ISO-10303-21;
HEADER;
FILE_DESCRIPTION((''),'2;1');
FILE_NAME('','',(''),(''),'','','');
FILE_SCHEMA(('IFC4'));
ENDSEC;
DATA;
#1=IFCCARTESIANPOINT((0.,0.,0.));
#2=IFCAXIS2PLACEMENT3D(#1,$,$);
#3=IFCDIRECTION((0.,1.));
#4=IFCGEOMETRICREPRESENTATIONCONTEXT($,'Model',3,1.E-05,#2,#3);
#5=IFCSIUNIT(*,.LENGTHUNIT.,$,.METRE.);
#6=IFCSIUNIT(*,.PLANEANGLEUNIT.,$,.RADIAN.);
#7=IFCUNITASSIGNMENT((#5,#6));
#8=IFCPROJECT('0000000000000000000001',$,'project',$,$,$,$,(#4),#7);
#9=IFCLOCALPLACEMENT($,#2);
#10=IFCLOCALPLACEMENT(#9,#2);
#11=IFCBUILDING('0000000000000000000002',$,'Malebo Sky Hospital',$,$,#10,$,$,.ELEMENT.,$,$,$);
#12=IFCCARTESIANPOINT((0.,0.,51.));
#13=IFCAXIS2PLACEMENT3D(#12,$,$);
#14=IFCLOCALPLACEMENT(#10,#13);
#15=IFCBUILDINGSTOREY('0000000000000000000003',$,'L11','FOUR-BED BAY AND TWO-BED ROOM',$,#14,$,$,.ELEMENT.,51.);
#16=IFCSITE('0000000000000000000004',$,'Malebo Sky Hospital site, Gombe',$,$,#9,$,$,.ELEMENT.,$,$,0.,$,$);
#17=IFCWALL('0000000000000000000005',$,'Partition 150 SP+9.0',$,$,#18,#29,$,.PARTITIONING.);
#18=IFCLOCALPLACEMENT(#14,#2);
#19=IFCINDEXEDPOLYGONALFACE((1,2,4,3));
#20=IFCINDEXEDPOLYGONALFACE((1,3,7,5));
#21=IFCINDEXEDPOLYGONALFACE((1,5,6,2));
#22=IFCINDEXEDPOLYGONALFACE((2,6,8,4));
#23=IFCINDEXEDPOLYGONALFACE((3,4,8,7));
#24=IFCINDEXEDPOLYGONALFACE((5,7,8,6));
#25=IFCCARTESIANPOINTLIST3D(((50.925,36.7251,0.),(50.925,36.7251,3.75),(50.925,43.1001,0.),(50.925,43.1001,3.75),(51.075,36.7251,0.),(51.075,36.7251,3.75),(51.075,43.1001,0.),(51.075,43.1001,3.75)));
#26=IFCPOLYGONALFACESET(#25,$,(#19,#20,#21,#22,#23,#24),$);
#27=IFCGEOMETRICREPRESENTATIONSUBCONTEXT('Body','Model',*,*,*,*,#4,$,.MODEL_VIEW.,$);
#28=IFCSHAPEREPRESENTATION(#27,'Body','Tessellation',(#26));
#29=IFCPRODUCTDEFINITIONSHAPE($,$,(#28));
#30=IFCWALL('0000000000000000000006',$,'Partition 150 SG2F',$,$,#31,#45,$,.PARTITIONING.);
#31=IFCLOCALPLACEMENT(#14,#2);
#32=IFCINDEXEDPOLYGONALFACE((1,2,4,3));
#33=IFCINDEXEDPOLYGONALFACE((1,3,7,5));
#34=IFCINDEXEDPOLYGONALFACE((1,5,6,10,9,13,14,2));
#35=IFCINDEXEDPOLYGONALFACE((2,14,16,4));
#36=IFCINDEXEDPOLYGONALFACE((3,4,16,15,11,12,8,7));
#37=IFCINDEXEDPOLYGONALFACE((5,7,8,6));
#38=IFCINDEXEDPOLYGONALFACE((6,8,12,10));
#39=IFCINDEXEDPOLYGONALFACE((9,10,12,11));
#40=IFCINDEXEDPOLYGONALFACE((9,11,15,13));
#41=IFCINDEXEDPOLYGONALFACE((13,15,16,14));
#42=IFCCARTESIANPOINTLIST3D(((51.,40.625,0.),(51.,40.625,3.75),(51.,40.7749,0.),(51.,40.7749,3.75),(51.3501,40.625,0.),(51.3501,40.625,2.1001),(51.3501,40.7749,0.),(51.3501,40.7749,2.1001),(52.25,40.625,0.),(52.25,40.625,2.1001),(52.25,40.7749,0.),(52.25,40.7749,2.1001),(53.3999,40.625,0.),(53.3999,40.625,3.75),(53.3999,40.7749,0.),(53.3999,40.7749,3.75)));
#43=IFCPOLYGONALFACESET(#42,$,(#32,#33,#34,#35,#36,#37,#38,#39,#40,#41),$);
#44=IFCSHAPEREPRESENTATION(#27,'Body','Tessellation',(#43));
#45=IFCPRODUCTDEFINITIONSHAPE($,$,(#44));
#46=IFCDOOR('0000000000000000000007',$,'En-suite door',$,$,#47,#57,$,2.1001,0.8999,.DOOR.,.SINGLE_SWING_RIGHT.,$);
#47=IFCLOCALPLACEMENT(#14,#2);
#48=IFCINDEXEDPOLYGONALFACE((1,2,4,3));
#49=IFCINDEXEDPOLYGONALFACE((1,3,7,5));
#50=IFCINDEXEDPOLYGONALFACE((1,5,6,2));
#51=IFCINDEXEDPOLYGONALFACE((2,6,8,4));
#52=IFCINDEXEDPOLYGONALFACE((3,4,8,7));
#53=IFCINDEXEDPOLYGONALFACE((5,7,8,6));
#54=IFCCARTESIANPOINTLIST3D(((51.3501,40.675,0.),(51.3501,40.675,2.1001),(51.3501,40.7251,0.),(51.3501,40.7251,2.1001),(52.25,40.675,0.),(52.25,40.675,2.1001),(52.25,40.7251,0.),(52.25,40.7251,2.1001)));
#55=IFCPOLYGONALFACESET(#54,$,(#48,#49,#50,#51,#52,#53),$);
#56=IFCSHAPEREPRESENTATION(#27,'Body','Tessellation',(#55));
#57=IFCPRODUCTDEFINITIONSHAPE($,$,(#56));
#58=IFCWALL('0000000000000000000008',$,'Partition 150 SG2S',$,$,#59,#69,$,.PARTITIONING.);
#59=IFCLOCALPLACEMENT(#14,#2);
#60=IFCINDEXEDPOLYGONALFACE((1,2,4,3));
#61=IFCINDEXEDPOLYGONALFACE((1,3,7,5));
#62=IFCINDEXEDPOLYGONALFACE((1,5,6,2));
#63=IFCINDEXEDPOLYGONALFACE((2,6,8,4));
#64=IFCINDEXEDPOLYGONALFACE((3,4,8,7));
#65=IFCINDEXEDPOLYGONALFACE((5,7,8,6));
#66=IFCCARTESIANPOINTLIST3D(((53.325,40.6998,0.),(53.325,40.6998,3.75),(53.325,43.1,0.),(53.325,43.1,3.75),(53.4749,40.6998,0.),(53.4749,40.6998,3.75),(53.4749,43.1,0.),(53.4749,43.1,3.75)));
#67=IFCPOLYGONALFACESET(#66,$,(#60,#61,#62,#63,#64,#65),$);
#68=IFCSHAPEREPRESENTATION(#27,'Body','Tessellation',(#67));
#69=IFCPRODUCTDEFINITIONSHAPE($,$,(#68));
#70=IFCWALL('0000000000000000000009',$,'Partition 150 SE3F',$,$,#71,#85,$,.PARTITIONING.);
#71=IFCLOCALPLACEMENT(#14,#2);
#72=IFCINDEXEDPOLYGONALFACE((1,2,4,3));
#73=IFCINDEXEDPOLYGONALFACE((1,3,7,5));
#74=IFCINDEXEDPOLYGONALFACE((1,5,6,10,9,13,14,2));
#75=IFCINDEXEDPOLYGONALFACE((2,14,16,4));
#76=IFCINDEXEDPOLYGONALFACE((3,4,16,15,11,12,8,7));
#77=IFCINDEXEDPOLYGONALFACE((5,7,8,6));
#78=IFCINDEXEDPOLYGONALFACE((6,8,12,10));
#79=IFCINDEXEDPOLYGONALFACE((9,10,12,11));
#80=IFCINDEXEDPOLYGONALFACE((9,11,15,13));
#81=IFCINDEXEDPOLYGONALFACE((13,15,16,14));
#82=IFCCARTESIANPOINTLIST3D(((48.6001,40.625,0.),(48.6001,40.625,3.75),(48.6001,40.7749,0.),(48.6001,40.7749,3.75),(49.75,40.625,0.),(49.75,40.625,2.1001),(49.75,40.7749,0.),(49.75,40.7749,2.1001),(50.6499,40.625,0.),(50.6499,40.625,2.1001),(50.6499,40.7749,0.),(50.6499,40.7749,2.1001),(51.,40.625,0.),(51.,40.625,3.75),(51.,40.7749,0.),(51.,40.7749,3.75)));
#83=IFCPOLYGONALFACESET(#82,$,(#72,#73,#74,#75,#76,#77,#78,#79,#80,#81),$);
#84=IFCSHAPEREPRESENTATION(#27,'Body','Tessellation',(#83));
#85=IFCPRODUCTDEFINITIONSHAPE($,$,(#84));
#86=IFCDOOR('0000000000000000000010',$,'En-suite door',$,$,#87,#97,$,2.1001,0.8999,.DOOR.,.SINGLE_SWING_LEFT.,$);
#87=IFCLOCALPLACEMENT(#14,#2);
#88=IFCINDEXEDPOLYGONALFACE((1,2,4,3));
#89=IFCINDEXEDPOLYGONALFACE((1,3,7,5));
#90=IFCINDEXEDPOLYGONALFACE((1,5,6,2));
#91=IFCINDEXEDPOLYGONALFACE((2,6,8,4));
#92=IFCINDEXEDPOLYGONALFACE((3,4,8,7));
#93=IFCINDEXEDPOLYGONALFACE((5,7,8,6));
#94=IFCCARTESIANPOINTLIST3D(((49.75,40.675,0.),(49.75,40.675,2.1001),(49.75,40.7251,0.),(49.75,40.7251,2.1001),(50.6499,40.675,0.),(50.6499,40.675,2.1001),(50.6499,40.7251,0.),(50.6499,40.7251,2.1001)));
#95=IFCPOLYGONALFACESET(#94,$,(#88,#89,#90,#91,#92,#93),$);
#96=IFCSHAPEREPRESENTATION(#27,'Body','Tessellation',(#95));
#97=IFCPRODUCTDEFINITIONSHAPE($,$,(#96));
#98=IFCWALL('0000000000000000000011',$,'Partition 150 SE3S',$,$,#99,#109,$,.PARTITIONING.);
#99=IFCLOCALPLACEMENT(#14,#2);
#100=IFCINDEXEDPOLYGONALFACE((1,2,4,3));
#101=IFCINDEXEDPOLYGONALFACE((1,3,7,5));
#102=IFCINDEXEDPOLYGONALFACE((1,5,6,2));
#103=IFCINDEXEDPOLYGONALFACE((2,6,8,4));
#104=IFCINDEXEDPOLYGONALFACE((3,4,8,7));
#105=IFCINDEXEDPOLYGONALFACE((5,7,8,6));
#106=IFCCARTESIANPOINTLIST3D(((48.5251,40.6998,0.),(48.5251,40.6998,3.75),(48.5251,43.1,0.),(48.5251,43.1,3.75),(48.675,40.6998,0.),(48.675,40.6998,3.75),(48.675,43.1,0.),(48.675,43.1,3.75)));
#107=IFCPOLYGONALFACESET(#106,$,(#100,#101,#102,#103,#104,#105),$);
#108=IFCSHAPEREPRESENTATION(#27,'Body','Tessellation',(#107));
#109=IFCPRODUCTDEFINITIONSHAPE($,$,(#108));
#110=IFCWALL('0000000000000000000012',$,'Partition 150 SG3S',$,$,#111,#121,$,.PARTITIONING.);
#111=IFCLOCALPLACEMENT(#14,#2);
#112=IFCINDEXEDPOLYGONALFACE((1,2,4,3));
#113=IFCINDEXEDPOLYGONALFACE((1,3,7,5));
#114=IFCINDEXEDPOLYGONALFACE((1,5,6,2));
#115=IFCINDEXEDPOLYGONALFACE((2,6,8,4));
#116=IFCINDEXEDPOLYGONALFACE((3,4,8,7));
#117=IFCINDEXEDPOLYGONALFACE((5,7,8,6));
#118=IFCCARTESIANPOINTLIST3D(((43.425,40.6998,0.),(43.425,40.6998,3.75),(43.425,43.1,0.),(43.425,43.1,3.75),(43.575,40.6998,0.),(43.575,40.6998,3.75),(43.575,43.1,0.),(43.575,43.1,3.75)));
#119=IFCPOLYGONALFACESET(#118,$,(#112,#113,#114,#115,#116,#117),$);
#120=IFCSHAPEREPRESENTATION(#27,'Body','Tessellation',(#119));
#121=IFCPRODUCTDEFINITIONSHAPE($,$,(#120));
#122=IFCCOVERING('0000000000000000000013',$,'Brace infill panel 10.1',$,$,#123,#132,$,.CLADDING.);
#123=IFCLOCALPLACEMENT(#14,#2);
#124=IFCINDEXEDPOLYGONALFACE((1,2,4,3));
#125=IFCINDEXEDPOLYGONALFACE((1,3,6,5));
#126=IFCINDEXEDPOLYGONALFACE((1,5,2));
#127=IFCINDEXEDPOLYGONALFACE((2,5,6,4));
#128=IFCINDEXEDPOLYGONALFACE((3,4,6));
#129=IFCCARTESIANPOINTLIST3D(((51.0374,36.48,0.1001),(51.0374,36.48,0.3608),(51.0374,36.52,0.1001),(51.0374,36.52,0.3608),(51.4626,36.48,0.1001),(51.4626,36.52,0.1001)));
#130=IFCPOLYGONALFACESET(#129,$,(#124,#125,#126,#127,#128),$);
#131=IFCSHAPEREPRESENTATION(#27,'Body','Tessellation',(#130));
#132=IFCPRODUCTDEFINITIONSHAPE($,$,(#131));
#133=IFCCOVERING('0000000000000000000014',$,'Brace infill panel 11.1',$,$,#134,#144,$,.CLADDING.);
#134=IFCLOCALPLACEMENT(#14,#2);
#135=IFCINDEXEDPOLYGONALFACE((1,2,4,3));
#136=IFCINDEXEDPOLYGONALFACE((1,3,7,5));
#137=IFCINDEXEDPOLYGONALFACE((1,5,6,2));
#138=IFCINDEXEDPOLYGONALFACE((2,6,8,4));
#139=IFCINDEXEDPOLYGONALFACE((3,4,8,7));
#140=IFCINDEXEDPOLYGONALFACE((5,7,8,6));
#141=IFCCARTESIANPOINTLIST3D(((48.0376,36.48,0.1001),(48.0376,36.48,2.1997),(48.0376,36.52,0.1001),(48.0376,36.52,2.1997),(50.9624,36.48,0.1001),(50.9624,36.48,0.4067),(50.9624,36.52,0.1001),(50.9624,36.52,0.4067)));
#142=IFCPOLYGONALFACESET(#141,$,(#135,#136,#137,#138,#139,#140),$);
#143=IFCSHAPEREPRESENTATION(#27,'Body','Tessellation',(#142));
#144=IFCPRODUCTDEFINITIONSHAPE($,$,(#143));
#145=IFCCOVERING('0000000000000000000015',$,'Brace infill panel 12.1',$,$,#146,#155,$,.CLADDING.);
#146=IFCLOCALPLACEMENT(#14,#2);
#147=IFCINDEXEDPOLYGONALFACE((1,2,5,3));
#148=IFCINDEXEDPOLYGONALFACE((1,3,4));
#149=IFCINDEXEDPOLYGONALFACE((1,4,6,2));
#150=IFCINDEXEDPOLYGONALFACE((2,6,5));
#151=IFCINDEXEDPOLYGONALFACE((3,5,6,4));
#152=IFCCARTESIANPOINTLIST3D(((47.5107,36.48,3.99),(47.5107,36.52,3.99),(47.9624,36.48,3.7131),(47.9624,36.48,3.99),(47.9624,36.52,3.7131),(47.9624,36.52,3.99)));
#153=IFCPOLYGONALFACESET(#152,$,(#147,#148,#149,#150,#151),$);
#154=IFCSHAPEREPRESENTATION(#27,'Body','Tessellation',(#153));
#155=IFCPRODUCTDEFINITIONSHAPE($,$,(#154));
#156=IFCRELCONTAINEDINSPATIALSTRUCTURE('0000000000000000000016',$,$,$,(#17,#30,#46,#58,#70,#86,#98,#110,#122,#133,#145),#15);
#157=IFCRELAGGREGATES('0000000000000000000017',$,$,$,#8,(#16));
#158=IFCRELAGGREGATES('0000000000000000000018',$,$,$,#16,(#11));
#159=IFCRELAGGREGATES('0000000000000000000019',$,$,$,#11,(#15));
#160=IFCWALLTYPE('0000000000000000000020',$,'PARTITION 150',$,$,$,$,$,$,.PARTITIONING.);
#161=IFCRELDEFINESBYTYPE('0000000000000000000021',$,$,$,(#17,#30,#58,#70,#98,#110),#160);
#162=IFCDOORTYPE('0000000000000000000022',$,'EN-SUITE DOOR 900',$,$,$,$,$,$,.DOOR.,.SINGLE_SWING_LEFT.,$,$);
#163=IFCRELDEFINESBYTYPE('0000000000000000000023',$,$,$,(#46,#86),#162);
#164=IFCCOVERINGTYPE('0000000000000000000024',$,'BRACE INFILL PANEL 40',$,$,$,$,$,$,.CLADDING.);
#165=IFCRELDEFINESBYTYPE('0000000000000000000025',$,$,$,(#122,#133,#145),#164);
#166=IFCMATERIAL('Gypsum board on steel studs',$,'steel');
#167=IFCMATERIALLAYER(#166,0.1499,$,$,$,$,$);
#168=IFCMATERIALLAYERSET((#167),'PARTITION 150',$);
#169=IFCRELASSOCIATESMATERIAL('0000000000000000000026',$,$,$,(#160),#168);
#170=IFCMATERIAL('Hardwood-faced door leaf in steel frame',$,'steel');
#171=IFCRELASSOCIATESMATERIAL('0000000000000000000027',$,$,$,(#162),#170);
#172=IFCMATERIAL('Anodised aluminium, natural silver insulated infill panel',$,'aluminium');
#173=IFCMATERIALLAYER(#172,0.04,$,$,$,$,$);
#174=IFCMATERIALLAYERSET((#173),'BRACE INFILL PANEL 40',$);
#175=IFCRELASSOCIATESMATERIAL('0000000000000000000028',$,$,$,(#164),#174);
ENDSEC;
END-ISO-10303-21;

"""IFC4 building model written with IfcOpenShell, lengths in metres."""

from ifc_helpers import new_model, si_unit, direction, frame, frame_2d, origin, place, context, subcontext, project, spatial, polyline, rectangle, outline, extrude, material, layer, layer_set, type_object, element, fill, save


model = new_model("IFC4")

# Units and contexts
model_context = context("Model", 3, precision=1e-05, world=origin(), true_north=direction((0.0, 1.0)))
body_context = subcontext(model_context, "Body", "Model", "MODEL_VIEW")
ifc_project = project(units=[si_unit("LENGTHUNIT", "METRE"), si_unit("PLANEANGLEUNIT", "RADIAN")], contexts=[model_context])

# Site, building, storey
site_placement = place(None, origin())
site = spatial("IfcSite", under=ifc_project, at=site_placement, Name="Malebo Sky Hospital site, Gombe", CompositionType="ELEMENT", RefElevation=0.0)
building_placement = place(site_placement, origin())
building = spatial("IfcBuilding", under=site, at=building_placement, Name="Malebo Sky Hospital", CompositionType="ELEMENT")
storey_placement = place(building_placement, frame((0.0, 0.0, 51.0)))
storey = spatial("IfcBuildingStorey", under=building, at=storey_placement, Name="L11", Description="FOUR-BED BAY AND TWO-BED ROOM", CompositionType="ELEMENT", Elevation=51.0)

# Wall
ifc_material_1 = material(Name="Gypsum board on steel studs", Category="steel")
ifc_layer_1 = layer(ifc_material_1, 0.1499)
ifc_layer_set_1 = layer_set([ifc_layer_1], Name="PARTITION 150")
wall_type = type_object("IfcWallType", Name="PARTITION 150", PredefinedType="PARTITIONING", material=ifc_layer_set_1)
wall_1_placement = place(storey_placement, frame((51.0, 43.1001, 0.0), z_axis=(0.0, 0.0, 1.0), x_axis=(0.0, -1.0, 0.0)))
element("IfcWall", 1, at=wall_1_placement, inside=storey, type_object=wall_type, Name="Partition 150 SP+9.0", PredefinedType="PARTITIONING", context=body_context, shape_type="SweptSolid", body=[
    extrude(rectangle(XDim=6.375, YDim=0.1499, at=frame_2d((3.1875, 0.0))), origin(), (0.0, 0.0, 1.0), 3.75),
])

# Wall, opening, door
wall_2_placement = place(storey_placement, frame((53.3999, 40.7, 0.0), z_axis=(0.0, 0.0, 1.0), x_axis=(-1.0, 0.0, 0.0)))
wall_2 = element("IfcWall", 2, at=wall_2_placement, inside=storey, type_object=wall_type, Name="Partition 150 SG2F", PredefinedType="PARTITIONING", context=body_context, shape_type="SweptSolid", body=[
    extrude(rectangle(XDim=2.3999, YDim=0.1499, at=frame_2d((1.2, 0.0))), origin(), (0.0, 0.0, 1.0), 3.75),
])
opening_1_placement = place(wall_2_placement, frame((1.1499, 0.0, 0.0)))
opening_1 = element("IfcOpeningElement", 3, at=opening_1_placement, cuts=wall_2, PredefinedType="OPENING", context=body_context, shape_type="SweptSolid", body=[
    extrude(rectangle(XDim=0.8999, YDim=2.1001, at=frame_2d((0.45, 1.05))), frame((0.0, 0.085, 0.0), z_axis=(0.0, -1.0, 0.0), x_axis=(1.0, 0.0, 0.0)), (0.0, 0.0, 1.0), 0.1699),
])
ifc_material_2 = material(Name="Hardwood-faced door leaf in steel frame", Category="steel")
door_type = type_object("IfcDoorType", Name="EN-SUITE DOOR 900", OperationType="SINGLE_SWING_LEFT", PredefinedType="DOOR", material=ifc_material_2)
door_1_placement = place(opening_1_placement, origin())
door_1 = element("IfcDoor", 4, at=door_1_placement, inside=storey, type_object=door_type, Name="En-suite door", OperationType="SINGLE_SWING_RIGHT", OverallHeight=2.1001, OverallWidth=0.8999, PredefinedType="DOOR", context=body_context, shape_type="SweptSolid", body=[
    extrude(rectangle(XDim=0.8999, YDim=2.1001, at=frame_2d((0.45, 1.05))), frame((0.0, 0.0249, 0.0), z_axis=(0.0, -1.0, 0.0), x_axis=(1.0, 0.0, 0.0)), (0.0, 0.0, 1.0), 0.05),
])
fill(opening_1, door_1)

# Wall
wall_3_placement = place(storey_placement, frame((53.3999, 43.1001, 0.0), z_axis=(0.0, 0.0, 1.0), x_axis=(0.0, -1.0, 0.0)))
element("IfcWall", 5, at=wall_3_placement, inside=storey, type_object=wall_type, Name="Partition 150 SG2S", PredefinedType="PARTITIONING", context=body_context, shape_type="SweptSolid", body=[
    extrude(rectangle(XDim=2.4001, YDim=0.1499, at=frame_2d((1.2002, 0.0))), origin(), (0.0, 0.0, 1.0), 3.75),
])

# Wall, opening, door
wall_4_placement = place(storey_placement, frame((51.0, 40.7, 0.0), z_axis=(0.0, 0.0, 1.0), x_axis=(-1.0, 0.0, 0.0)))
wall_4 = element("IfcWall", 6, at=wall_4_placement, inside=storey, type_object=wall_type, Name="Partition 150 SE3F", PredefinedType="PARTITIONING", context=body_context, shape_type="SweptSolid", body=[
    extrude(rectangle(XDim=2.3999, YDim=0.1499, at=frame_2d((1.2, 0.0))), origin(), (0.0, 0.0, 1.0), 3.75),
])
opening_2_placement = place(wall_4_placement, frame((0.3501, 0.0, 0.0)))
opening_2 = element("IfcOpeningElement", 7, at=opening_2_placement, cuts=wall_4, PredefinedType="OPENING", context=body_context, shape_type="SweptSolid", body=[
    extrude(rectangle(XDim=0.8999, YDim=2.1001, at=frame_2d((0.45, 1.05))), frame((0.0, 0.085, 0.0), z_axis=(0.0, -1.0, 0.0), x_axis=(1.0, 0.0, 0.0)), (0.0, 0.0, 1.0), 0.1699),
])
door_2_placement = place(opening_2_placement, origin())
door_2 = element("IfcDoor", 8, at=door_2_placement, inside=storey, type_object=door_type, Name="En-suite door", OperationType="SINGLE_SWING_LEFT", OverallHeight=2.1001, OverallWidth=0.8999, PredefinedType="DOOR", context=body_context, shape_type="SweptSolid", body=[
    extrude(rectangle(XDim=0.8999, YDim=2.1001, at=frame_2d((0.45, 1.05))), frame((0.0, 0.0249, 0.0), z_axis=(0.0, -1.0, 0.0), x_axis=(1.0, 0.0, 0.0)), (0.0, 0.0, 1.0), 0.05),
])
fill(opening_2, door_2)

# Walls
for number, where, z_axis, x_axis, name in (
    (9, (48.6001, 43.1001, 0.0), (0.0, 0.0, 1.0), (0.0, -1.0, 0.0), "Partition 150 SE3S"),
    (10, (43.5, 43.1001, 0.0), (0.0, 0.0, 1.0), (0.0, -1.0, 0.0), "Partition 150 SG3S"),
):
    element("IfcWall", number, at=place(storey_placement, frame(where, z_axis=z_axis, x_axis=x_axis)), inside=storey, type_object=wall_type, Name=name, PredefinedType="PARTITIONING", context=body_context, shape_type="SweptSolid", body=[
        extrude(rectangle(XDim=2.4001, YDim=0.1499, at=frame_2d((1.2002, 0.0))), origin(), (0.0, 0.0, 1.0), 3.75),
    ])

# Coverings
ifc_material_3 = material(Name="Anodised aluminium, natural silver insulated infill panel", Category="aluminium")
ifc_layer_2 = layer(ifc_material_3, 0.04)
ifc_layer_set_2 = layer_set([ifc_layer_2], Name="BRACE INFILL PANEL 40")
covering_type = type_object("IfcCoveringType", Name="BRACE INFILL PANEL 40", PredefinedType="CLADDING", material=ifc_layer_set_2)
covering_1_placement = place(storey_placement, frame((51.25, 36.5, 0.1001), z_axis=(0.0, 0.0, 1.0), x_axis=(-1.0, 0.0, 0.0)))
element("IfcCovering", 11, at=covering_1_placement, inside=storey, type_object=covering_type, Name="Brace infill panel 10.1", PredefinedType="CLADDING", context=body_context, shape_type="SweptSolid", body=[
    extrude(outline(polyline([(-0.2126, 0.0), (0.2126, 0.0), (0.2126, 0.2607), (-0.2126, 0.0)])), frame((0.0, 0.02, 0.0), z_axis=(0.0, -1.0, 0.0), x_axis=(1.0, 0.0, 0.0)), (0.0, 0.0, 1.0), 0.04),
])
covering_2_placement = place(storey_placement, frame((49.5, 36.5, 0.1001), z_axis=(0.0, 0.0, 1.0), x_axis=(-1.0, 0.0, 0.0)))
element("IfcCovering", 12, at=covering_2_placement, inside=storey, type_object=covering_type, Name="Brace infill panel 11.1", PredefinedType="CLADDING", context=body_context, shape_type="SweptSolid", body=[
    extrude(outline(polyline([(-1.4624, 0.0), (1.4624, 0.0), (1.4624, 2.0996), (-1.4624, 0.3066), (-1.4624, 0.0)])), frame((0.0, 0.02, 0.0), z_axis=(0.0, -1.0, 0.0), x_axis=(1.0, 0.0, 0.0)), (0.0, 0.0, 1.0), 0.04),
])
covering_3_placement = place(storey_placement, frame((47.7366, 36.5, 3.7131), z_axis=(0.0, 0.0, 1.0), x_axis=(-1.0, 0.0, 0.0)))
element("IfcCovering", 13, at=covering_3_placement, inside=storey, type_object=covering_type, Name="Brace infill panel 12.1", PredefinedType="CLADDING", context=body_context, shape_type="SweptSolid", body=[
    extrude(outline(polyline([(-0.2258, 0.0), (0.2258, 0.2769), (-0.2258, 0.2769), (-0.2258, 0.0)])), frame((0.0, 0.02, 0.0), z_axis=(0.0, -1.0, 0.0), x_axis=(1.0, 0.0, 0.0)), (0.0, 0.0, 1.0), 0.04),
])

save(model, "model.ifc")
